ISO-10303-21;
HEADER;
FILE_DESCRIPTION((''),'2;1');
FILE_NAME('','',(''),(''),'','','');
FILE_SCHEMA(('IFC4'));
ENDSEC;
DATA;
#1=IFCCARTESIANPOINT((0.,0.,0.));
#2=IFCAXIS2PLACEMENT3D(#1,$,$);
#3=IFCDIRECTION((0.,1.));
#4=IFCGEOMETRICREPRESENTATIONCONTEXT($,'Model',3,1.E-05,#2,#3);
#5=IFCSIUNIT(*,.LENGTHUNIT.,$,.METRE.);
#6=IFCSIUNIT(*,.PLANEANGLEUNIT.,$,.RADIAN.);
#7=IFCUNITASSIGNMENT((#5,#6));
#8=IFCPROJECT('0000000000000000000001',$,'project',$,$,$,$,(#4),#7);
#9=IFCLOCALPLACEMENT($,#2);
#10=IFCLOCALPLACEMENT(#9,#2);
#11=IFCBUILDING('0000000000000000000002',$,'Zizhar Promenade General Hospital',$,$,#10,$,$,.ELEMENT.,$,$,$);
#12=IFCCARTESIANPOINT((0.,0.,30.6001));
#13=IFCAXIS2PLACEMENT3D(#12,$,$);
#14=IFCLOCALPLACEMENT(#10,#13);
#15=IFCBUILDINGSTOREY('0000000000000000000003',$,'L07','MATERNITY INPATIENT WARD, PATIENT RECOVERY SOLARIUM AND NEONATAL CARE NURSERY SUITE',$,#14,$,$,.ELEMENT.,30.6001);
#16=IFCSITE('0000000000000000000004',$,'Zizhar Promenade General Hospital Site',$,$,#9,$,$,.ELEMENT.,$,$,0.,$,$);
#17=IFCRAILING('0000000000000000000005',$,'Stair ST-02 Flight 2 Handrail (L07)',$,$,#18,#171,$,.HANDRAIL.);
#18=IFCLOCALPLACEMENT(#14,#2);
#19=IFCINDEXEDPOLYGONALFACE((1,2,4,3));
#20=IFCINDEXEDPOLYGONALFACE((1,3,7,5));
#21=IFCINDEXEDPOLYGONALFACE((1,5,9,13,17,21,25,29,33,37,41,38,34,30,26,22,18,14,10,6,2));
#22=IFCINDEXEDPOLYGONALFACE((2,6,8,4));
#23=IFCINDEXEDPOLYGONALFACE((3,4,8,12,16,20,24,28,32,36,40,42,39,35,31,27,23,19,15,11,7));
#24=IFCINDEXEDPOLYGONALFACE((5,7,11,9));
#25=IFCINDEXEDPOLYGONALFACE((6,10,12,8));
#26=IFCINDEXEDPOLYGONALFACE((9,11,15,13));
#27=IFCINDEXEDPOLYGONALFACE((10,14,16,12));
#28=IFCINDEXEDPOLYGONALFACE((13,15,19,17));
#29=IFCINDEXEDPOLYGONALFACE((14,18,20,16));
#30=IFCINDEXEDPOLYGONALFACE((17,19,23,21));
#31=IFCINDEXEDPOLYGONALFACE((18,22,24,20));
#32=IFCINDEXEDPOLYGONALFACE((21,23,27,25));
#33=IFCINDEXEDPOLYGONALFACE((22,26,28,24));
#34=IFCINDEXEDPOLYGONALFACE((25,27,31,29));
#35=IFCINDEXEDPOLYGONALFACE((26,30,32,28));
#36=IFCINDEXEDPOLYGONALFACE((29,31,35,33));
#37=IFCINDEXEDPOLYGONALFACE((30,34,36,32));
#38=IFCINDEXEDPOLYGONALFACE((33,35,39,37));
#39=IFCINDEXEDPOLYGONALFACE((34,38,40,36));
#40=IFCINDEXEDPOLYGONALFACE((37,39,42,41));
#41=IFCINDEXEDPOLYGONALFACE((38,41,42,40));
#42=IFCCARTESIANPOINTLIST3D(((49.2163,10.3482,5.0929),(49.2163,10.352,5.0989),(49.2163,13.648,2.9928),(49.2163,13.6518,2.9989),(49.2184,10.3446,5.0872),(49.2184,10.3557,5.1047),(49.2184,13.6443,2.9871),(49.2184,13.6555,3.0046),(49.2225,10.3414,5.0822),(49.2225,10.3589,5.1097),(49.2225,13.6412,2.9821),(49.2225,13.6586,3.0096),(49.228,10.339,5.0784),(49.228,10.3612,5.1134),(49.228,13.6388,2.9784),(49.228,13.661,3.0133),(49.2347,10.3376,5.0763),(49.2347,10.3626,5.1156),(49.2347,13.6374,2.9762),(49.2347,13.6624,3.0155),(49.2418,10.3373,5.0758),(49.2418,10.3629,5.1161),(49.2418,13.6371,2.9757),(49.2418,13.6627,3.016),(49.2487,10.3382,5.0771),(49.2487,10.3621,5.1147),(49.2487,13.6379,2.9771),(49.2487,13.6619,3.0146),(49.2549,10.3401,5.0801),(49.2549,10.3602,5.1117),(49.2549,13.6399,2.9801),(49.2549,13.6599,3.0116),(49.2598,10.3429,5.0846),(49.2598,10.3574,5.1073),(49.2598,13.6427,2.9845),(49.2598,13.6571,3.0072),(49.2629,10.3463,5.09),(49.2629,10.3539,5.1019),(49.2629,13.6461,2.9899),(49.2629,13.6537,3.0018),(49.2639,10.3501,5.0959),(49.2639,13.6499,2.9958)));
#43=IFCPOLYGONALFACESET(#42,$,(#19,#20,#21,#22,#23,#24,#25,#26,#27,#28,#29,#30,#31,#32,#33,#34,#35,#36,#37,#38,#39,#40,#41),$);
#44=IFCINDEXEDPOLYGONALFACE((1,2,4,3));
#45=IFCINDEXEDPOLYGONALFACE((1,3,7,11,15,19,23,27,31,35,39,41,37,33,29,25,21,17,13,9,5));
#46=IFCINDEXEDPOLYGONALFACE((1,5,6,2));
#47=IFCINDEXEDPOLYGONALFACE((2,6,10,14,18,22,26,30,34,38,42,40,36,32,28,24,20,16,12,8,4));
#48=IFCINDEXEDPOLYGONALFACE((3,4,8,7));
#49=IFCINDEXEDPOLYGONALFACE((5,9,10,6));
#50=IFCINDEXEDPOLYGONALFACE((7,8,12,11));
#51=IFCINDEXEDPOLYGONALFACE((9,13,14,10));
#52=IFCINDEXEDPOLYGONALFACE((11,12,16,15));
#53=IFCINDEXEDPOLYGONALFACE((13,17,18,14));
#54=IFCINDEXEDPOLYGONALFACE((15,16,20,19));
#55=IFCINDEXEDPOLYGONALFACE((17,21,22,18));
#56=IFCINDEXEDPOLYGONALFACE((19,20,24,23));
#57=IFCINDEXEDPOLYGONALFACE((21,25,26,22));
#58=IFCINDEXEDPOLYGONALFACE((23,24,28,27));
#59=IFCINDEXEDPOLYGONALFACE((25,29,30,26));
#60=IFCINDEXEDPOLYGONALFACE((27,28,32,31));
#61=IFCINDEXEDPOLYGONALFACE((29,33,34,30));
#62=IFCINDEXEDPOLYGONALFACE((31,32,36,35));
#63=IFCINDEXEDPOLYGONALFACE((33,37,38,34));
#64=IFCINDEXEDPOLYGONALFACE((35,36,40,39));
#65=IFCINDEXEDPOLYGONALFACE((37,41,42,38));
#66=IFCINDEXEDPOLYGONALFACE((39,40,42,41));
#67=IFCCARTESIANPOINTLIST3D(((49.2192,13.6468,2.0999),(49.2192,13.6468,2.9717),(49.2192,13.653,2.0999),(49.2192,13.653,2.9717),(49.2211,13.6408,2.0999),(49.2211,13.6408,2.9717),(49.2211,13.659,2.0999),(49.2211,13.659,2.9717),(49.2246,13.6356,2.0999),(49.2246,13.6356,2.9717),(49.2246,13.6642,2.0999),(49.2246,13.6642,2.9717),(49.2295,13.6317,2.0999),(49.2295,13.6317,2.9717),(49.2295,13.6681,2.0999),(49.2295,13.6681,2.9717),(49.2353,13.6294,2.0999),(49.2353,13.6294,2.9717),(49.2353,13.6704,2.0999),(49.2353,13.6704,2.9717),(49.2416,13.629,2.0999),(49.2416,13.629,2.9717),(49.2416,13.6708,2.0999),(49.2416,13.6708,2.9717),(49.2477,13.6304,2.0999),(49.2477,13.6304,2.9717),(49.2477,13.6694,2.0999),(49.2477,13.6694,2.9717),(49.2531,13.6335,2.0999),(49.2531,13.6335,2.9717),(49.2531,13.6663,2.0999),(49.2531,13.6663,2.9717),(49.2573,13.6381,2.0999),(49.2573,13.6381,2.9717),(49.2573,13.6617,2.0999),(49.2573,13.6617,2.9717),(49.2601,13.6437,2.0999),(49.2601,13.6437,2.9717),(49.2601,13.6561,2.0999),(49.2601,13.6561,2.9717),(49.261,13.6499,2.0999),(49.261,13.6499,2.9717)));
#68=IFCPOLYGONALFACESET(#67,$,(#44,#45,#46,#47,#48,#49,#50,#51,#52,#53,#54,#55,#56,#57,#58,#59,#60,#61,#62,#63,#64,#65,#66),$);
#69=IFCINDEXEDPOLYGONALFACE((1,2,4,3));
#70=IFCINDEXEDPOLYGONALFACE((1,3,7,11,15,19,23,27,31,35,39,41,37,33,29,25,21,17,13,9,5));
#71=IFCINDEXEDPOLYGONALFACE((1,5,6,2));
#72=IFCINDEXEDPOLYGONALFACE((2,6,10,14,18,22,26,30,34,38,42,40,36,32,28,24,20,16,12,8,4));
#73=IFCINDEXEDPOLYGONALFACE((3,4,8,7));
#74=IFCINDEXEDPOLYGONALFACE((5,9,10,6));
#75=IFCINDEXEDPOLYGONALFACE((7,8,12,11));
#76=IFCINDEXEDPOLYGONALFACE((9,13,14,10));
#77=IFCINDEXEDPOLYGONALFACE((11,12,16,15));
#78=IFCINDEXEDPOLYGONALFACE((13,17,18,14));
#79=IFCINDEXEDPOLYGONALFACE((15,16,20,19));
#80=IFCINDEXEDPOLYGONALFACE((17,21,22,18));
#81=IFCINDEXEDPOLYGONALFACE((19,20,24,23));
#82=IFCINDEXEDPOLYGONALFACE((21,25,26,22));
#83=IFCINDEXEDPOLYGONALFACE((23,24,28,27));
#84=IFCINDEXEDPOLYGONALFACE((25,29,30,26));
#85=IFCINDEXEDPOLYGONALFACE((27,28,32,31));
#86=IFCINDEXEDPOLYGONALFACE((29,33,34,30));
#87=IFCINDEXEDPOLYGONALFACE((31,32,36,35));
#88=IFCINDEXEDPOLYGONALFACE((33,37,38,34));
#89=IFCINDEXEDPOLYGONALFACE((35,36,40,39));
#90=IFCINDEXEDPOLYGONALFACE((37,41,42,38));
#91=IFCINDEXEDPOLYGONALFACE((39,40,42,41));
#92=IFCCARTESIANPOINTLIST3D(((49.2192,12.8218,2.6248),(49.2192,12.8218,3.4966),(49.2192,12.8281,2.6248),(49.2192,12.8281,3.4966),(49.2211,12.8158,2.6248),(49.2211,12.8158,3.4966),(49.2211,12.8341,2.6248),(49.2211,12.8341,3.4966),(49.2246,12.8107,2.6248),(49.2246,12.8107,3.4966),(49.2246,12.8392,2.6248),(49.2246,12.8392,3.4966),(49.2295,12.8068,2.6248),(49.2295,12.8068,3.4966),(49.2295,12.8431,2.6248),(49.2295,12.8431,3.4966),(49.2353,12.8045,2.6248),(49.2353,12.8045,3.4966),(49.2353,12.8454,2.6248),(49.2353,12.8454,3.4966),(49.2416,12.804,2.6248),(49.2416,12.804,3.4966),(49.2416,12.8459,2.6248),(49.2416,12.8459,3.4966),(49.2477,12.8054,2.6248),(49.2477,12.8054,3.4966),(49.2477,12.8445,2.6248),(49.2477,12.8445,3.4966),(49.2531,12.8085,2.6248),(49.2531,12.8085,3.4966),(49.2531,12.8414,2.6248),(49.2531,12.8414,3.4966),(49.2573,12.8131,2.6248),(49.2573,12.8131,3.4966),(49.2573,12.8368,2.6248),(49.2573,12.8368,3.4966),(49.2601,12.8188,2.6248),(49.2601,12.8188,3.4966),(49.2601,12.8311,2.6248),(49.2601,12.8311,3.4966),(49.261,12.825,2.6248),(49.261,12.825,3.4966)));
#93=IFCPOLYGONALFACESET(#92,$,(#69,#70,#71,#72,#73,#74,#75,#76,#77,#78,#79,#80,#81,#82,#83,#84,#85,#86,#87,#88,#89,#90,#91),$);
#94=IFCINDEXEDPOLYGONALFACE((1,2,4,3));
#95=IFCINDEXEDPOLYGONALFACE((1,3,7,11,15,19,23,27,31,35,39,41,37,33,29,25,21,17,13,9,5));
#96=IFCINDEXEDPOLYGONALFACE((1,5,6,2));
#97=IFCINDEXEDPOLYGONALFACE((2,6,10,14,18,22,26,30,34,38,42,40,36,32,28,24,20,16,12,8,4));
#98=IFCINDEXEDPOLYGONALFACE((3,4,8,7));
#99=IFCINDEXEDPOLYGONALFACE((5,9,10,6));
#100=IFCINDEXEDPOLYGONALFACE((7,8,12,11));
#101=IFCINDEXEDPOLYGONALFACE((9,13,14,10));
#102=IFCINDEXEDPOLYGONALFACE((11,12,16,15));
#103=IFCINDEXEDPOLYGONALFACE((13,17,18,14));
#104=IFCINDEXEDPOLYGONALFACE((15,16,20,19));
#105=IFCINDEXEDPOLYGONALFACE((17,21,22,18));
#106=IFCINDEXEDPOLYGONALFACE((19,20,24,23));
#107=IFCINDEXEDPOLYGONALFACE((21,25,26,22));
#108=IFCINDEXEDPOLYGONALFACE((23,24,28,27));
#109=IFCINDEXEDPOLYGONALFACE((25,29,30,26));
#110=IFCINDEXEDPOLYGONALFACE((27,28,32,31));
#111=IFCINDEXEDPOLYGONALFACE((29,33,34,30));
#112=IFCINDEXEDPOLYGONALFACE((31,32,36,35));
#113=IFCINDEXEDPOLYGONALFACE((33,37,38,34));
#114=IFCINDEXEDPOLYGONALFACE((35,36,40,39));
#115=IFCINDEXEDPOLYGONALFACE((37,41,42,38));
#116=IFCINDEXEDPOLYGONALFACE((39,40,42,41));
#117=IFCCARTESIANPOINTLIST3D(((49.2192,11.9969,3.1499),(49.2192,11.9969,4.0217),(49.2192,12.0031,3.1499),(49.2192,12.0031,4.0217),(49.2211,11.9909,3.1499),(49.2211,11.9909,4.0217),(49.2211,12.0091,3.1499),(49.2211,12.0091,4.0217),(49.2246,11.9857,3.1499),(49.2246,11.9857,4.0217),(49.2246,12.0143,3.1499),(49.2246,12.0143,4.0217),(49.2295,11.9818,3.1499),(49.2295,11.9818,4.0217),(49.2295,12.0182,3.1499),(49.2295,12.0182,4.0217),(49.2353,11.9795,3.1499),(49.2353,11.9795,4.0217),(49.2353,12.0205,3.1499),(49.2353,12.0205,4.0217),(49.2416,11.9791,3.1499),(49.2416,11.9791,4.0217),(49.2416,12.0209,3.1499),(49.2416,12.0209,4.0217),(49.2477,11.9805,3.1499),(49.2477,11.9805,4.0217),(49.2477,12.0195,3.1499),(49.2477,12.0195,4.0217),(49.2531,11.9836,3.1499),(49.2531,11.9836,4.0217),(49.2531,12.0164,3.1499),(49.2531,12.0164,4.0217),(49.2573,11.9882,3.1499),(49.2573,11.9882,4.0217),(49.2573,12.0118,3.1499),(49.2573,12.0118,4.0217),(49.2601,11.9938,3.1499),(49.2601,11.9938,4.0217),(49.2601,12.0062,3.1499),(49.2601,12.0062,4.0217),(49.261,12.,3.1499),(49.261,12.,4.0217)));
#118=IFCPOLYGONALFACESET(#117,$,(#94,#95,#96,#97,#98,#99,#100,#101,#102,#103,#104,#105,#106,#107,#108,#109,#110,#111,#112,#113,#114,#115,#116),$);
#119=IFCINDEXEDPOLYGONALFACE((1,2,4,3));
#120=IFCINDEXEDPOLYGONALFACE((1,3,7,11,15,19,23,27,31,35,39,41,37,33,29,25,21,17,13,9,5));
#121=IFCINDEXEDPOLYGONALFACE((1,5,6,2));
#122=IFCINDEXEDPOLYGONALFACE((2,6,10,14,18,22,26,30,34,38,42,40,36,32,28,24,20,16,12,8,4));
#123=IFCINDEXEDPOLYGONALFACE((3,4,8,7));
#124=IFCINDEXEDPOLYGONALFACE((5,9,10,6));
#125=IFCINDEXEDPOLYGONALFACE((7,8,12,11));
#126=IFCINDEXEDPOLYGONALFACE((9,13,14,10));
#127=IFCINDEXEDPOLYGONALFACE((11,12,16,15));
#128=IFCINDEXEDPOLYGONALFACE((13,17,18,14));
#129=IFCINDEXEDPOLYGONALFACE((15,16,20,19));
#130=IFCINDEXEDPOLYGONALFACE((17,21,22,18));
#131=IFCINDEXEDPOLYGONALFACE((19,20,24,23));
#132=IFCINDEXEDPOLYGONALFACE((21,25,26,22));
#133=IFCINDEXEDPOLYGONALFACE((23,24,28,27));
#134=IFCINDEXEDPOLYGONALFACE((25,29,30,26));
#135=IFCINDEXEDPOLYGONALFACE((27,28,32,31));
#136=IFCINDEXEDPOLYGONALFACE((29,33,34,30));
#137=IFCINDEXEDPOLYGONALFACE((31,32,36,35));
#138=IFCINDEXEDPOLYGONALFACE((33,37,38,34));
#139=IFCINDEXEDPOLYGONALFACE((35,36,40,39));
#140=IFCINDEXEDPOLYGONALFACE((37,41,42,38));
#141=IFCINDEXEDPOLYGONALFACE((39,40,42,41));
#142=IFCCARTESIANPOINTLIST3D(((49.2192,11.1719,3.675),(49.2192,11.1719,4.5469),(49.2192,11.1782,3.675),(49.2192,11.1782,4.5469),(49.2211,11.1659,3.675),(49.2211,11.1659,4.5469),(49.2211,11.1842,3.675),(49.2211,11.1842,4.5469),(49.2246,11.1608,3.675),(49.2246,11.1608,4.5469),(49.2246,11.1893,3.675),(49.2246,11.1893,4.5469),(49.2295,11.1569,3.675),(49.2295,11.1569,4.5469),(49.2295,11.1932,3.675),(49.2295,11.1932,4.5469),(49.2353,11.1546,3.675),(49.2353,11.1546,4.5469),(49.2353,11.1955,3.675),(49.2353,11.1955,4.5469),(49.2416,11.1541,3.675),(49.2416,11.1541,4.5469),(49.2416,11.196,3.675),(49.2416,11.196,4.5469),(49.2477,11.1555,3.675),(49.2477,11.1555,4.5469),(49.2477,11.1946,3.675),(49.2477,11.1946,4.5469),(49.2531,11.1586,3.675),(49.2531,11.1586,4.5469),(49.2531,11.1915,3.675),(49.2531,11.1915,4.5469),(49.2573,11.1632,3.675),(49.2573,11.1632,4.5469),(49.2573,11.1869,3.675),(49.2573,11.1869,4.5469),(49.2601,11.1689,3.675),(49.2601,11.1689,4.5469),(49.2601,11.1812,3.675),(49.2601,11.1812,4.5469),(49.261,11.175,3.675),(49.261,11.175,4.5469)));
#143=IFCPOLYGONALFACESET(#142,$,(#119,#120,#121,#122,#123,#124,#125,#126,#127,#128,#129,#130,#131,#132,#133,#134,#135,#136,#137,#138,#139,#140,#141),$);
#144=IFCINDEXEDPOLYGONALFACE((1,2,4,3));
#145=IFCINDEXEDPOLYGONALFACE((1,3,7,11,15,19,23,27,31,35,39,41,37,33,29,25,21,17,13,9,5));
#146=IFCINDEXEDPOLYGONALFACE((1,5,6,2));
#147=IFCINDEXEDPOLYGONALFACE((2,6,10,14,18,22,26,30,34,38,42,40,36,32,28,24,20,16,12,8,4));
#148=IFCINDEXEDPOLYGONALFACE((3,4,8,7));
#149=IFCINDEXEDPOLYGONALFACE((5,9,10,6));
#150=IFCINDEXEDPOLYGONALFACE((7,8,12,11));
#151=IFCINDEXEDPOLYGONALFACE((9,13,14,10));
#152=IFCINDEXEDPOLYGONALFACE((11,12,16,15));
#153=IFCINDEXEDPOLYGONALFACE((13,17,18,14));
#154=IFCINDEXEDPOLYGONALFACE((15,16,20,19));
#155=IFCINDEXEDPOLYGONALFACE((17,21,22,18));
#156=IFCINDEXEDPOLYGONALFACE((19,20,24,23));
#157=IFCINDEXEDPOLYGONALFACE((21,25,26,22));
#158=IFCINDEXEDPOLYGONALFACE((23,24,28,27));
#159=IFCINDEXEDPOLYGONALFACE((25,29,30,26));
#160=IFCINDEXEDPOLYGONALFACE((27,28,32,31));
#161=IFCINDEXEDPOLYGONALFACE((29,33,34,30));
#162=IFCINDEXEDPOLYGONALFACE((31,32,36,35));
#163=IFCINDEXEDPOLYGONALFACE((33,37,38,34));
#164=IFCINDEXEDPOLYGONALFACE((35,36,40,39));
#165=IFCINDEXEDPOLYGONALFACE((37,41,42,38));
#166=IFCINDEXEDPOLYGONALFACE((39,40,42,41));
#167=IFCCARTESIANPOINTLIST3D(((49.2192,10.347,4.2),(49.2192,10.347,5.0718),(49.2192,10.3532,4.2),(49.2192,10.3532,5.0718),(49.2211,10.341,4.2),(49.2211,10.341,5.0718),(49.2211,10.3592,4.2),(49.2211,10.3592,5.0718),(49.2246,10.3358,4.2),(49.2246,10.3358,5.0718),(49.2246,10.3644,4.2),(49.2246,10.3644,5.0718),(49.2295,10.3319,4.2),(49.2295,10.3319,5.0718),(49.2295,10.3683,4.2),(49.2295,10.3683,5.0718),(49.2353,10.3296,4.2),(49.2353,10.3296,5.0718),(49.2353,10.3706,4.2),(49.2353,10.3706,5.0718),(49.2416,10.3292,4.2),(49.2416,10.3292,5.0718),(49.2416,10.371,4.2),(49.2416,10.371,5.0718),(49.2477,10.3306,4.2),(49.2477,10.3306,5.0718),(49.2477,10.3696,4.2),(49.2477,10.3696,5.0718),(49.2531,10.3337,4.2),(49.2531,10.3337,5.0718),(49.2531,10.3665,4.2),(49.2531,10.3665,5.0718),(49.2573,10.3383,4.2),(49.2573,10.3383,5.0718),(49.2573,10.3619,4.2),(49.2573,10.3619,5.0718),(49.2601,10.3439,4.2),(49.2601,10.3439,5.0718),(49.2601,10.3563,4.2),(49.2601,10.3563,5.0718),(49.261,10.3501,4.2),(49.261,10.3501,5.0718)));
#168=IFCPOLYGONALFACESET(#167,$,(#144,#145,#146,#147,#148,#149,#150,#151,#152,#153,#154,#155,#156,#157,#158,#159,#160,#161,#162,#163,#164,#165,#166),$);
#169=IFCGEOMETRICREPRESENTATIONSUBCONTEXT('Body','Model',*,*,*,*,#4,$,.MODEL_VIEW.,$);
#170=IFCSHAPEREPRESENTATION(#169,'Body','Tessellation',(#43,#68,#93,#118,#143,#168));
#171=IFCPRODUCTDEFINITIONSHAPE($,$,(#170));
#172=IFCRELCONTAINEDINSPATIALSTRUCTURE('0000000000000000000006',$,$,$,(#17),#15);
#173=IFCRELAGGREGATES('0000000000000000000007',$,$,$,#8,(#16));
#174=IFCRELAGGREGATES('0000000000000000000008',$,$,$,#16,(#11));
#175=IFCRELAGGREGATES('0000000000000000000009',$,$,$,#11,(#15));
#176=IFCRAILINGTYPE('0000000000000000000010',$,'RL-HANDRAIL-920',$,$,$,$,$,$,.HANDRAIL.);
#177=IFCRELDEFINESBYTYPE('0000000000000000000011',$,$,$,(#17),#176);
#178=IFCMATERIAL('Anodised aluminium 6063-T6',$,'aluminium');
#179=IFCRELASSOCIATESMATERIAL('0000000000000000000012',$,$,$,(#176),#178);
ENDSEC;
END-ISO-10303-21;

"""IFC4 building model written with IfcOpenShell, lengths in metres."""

from ifc_helpers import new_model, si_unit, direction, frame, origin, origin_2d, place, context, subcontext, project, spatial, circle, hollow_circle, extrude, material, material_profile, profile_set, type_object, element, save


model = new_model("IFC4")

# Units and contexts
model_context = context("Model", 3, precision=1e-05, world=origin(), true_north=direction((0.0, 1.0)))
body_context = subcontext(model_context, "Body", "Model", "MODEL_VIEW")
ifc_project = project(units=[si_unit("LENGTHUNIT", "METRE"), si_unit("PLANEANGLEUNIT", "RADIAN")], contexts=[model_context])

# Site, building, storey
site_placement = place(None, origin())
site = spatial("IfcSite", under=ifc_project, at=site_placement, Name="Zizhar Promenade General Hospital Site", CompositionType="ELEMENT", RefElevation=0.0)
building_placement = place(site_placement, origin())
building = spatial("IfcBuilding", under=site, at=building_placement, Name="Zizhar Promenade General Hospital", CompositionType="ELEMENT")
storey_placement = place(building_placement, frame((0.0, 0.0, 30.6001)))
storey = spatial("IfcBuildingStorey", under=building, at=storey_placement, Name="L07", Description="MATERNITY INPATIENT WARD, PATIENT RECOVERY SOLARIUM AND NEONATAL CARE NURSERY SUITE", CompositionType="ELEMENT", Elevation=30.6001)

# Railing
ifc_material_1 = material(Name="Anodised aluminium 6063-T6", Category="aluminium")
ifc_material_profile_1 = material_profile(ifc_material_1, hollow_circle(Radius=0.0698, WallThickness=0.0063, at=origin_2d()))
ifc_profile_set_1 = profile_set([ifc_material_profile_1], Name="Anodised aluminium 6063-T6")
railing_type_1 = type_object("IfcRailingType", Name="RL-HANDRAIL-920", PredefinedType="HANDRAIL", material=ifc_profile_set_1)
railing_1_placement = place(storey_placement, frame((49.24, 13.6499, 2.0999)))
element("IfcRailing", 1, at=railing_1_placement, inside=storey, type_object=railing_type_1, Name="Stair ST-02 Flight 2 Handrail (L07)", PredefinedType="HANDRAIL", context=body_context, shape_type="SweptSolid", body=[
    extrude(circle(Radius=0.0239, at=origin_2d()), frame((0.0, 0.0, 0.896), z_axis=(0.0, -0.843636, 0.536916), x_axis=(1.0, 0.0, 0.0)), (0.0, 0.0, 1.0), 3.9114),
    extrude(circle(Radius=0.021, at=origin_2d()), origin(), (0.0, 0.0, 1.0), 0.8718),
    extrude(circle(Radius=0.021, at=origin_2d()), frame((0.0, -0.825, 0.5249)), (0.0, 0.0, 1.0), 0.8718),
    extrude(circle(Radius=0.021, at=origin_2d()), frame((0.0, -1.6499, 1.05)), (0.0, 0.0, 1.0), 0.8718),
    extrude(circle(Radius=0.021, at=origin_2d()), frame((0.0, -2.4749, 1.5752)), (0.0, 0.0, 1.0), 0.8718),
    extrude(circle(Radius=0.021, at=origin_2d()), frame((0.0, -3.2998, 2.1001)), (0.0, 0.0, 1.0), 0.8718),
])

save(model, "model.ifc")
